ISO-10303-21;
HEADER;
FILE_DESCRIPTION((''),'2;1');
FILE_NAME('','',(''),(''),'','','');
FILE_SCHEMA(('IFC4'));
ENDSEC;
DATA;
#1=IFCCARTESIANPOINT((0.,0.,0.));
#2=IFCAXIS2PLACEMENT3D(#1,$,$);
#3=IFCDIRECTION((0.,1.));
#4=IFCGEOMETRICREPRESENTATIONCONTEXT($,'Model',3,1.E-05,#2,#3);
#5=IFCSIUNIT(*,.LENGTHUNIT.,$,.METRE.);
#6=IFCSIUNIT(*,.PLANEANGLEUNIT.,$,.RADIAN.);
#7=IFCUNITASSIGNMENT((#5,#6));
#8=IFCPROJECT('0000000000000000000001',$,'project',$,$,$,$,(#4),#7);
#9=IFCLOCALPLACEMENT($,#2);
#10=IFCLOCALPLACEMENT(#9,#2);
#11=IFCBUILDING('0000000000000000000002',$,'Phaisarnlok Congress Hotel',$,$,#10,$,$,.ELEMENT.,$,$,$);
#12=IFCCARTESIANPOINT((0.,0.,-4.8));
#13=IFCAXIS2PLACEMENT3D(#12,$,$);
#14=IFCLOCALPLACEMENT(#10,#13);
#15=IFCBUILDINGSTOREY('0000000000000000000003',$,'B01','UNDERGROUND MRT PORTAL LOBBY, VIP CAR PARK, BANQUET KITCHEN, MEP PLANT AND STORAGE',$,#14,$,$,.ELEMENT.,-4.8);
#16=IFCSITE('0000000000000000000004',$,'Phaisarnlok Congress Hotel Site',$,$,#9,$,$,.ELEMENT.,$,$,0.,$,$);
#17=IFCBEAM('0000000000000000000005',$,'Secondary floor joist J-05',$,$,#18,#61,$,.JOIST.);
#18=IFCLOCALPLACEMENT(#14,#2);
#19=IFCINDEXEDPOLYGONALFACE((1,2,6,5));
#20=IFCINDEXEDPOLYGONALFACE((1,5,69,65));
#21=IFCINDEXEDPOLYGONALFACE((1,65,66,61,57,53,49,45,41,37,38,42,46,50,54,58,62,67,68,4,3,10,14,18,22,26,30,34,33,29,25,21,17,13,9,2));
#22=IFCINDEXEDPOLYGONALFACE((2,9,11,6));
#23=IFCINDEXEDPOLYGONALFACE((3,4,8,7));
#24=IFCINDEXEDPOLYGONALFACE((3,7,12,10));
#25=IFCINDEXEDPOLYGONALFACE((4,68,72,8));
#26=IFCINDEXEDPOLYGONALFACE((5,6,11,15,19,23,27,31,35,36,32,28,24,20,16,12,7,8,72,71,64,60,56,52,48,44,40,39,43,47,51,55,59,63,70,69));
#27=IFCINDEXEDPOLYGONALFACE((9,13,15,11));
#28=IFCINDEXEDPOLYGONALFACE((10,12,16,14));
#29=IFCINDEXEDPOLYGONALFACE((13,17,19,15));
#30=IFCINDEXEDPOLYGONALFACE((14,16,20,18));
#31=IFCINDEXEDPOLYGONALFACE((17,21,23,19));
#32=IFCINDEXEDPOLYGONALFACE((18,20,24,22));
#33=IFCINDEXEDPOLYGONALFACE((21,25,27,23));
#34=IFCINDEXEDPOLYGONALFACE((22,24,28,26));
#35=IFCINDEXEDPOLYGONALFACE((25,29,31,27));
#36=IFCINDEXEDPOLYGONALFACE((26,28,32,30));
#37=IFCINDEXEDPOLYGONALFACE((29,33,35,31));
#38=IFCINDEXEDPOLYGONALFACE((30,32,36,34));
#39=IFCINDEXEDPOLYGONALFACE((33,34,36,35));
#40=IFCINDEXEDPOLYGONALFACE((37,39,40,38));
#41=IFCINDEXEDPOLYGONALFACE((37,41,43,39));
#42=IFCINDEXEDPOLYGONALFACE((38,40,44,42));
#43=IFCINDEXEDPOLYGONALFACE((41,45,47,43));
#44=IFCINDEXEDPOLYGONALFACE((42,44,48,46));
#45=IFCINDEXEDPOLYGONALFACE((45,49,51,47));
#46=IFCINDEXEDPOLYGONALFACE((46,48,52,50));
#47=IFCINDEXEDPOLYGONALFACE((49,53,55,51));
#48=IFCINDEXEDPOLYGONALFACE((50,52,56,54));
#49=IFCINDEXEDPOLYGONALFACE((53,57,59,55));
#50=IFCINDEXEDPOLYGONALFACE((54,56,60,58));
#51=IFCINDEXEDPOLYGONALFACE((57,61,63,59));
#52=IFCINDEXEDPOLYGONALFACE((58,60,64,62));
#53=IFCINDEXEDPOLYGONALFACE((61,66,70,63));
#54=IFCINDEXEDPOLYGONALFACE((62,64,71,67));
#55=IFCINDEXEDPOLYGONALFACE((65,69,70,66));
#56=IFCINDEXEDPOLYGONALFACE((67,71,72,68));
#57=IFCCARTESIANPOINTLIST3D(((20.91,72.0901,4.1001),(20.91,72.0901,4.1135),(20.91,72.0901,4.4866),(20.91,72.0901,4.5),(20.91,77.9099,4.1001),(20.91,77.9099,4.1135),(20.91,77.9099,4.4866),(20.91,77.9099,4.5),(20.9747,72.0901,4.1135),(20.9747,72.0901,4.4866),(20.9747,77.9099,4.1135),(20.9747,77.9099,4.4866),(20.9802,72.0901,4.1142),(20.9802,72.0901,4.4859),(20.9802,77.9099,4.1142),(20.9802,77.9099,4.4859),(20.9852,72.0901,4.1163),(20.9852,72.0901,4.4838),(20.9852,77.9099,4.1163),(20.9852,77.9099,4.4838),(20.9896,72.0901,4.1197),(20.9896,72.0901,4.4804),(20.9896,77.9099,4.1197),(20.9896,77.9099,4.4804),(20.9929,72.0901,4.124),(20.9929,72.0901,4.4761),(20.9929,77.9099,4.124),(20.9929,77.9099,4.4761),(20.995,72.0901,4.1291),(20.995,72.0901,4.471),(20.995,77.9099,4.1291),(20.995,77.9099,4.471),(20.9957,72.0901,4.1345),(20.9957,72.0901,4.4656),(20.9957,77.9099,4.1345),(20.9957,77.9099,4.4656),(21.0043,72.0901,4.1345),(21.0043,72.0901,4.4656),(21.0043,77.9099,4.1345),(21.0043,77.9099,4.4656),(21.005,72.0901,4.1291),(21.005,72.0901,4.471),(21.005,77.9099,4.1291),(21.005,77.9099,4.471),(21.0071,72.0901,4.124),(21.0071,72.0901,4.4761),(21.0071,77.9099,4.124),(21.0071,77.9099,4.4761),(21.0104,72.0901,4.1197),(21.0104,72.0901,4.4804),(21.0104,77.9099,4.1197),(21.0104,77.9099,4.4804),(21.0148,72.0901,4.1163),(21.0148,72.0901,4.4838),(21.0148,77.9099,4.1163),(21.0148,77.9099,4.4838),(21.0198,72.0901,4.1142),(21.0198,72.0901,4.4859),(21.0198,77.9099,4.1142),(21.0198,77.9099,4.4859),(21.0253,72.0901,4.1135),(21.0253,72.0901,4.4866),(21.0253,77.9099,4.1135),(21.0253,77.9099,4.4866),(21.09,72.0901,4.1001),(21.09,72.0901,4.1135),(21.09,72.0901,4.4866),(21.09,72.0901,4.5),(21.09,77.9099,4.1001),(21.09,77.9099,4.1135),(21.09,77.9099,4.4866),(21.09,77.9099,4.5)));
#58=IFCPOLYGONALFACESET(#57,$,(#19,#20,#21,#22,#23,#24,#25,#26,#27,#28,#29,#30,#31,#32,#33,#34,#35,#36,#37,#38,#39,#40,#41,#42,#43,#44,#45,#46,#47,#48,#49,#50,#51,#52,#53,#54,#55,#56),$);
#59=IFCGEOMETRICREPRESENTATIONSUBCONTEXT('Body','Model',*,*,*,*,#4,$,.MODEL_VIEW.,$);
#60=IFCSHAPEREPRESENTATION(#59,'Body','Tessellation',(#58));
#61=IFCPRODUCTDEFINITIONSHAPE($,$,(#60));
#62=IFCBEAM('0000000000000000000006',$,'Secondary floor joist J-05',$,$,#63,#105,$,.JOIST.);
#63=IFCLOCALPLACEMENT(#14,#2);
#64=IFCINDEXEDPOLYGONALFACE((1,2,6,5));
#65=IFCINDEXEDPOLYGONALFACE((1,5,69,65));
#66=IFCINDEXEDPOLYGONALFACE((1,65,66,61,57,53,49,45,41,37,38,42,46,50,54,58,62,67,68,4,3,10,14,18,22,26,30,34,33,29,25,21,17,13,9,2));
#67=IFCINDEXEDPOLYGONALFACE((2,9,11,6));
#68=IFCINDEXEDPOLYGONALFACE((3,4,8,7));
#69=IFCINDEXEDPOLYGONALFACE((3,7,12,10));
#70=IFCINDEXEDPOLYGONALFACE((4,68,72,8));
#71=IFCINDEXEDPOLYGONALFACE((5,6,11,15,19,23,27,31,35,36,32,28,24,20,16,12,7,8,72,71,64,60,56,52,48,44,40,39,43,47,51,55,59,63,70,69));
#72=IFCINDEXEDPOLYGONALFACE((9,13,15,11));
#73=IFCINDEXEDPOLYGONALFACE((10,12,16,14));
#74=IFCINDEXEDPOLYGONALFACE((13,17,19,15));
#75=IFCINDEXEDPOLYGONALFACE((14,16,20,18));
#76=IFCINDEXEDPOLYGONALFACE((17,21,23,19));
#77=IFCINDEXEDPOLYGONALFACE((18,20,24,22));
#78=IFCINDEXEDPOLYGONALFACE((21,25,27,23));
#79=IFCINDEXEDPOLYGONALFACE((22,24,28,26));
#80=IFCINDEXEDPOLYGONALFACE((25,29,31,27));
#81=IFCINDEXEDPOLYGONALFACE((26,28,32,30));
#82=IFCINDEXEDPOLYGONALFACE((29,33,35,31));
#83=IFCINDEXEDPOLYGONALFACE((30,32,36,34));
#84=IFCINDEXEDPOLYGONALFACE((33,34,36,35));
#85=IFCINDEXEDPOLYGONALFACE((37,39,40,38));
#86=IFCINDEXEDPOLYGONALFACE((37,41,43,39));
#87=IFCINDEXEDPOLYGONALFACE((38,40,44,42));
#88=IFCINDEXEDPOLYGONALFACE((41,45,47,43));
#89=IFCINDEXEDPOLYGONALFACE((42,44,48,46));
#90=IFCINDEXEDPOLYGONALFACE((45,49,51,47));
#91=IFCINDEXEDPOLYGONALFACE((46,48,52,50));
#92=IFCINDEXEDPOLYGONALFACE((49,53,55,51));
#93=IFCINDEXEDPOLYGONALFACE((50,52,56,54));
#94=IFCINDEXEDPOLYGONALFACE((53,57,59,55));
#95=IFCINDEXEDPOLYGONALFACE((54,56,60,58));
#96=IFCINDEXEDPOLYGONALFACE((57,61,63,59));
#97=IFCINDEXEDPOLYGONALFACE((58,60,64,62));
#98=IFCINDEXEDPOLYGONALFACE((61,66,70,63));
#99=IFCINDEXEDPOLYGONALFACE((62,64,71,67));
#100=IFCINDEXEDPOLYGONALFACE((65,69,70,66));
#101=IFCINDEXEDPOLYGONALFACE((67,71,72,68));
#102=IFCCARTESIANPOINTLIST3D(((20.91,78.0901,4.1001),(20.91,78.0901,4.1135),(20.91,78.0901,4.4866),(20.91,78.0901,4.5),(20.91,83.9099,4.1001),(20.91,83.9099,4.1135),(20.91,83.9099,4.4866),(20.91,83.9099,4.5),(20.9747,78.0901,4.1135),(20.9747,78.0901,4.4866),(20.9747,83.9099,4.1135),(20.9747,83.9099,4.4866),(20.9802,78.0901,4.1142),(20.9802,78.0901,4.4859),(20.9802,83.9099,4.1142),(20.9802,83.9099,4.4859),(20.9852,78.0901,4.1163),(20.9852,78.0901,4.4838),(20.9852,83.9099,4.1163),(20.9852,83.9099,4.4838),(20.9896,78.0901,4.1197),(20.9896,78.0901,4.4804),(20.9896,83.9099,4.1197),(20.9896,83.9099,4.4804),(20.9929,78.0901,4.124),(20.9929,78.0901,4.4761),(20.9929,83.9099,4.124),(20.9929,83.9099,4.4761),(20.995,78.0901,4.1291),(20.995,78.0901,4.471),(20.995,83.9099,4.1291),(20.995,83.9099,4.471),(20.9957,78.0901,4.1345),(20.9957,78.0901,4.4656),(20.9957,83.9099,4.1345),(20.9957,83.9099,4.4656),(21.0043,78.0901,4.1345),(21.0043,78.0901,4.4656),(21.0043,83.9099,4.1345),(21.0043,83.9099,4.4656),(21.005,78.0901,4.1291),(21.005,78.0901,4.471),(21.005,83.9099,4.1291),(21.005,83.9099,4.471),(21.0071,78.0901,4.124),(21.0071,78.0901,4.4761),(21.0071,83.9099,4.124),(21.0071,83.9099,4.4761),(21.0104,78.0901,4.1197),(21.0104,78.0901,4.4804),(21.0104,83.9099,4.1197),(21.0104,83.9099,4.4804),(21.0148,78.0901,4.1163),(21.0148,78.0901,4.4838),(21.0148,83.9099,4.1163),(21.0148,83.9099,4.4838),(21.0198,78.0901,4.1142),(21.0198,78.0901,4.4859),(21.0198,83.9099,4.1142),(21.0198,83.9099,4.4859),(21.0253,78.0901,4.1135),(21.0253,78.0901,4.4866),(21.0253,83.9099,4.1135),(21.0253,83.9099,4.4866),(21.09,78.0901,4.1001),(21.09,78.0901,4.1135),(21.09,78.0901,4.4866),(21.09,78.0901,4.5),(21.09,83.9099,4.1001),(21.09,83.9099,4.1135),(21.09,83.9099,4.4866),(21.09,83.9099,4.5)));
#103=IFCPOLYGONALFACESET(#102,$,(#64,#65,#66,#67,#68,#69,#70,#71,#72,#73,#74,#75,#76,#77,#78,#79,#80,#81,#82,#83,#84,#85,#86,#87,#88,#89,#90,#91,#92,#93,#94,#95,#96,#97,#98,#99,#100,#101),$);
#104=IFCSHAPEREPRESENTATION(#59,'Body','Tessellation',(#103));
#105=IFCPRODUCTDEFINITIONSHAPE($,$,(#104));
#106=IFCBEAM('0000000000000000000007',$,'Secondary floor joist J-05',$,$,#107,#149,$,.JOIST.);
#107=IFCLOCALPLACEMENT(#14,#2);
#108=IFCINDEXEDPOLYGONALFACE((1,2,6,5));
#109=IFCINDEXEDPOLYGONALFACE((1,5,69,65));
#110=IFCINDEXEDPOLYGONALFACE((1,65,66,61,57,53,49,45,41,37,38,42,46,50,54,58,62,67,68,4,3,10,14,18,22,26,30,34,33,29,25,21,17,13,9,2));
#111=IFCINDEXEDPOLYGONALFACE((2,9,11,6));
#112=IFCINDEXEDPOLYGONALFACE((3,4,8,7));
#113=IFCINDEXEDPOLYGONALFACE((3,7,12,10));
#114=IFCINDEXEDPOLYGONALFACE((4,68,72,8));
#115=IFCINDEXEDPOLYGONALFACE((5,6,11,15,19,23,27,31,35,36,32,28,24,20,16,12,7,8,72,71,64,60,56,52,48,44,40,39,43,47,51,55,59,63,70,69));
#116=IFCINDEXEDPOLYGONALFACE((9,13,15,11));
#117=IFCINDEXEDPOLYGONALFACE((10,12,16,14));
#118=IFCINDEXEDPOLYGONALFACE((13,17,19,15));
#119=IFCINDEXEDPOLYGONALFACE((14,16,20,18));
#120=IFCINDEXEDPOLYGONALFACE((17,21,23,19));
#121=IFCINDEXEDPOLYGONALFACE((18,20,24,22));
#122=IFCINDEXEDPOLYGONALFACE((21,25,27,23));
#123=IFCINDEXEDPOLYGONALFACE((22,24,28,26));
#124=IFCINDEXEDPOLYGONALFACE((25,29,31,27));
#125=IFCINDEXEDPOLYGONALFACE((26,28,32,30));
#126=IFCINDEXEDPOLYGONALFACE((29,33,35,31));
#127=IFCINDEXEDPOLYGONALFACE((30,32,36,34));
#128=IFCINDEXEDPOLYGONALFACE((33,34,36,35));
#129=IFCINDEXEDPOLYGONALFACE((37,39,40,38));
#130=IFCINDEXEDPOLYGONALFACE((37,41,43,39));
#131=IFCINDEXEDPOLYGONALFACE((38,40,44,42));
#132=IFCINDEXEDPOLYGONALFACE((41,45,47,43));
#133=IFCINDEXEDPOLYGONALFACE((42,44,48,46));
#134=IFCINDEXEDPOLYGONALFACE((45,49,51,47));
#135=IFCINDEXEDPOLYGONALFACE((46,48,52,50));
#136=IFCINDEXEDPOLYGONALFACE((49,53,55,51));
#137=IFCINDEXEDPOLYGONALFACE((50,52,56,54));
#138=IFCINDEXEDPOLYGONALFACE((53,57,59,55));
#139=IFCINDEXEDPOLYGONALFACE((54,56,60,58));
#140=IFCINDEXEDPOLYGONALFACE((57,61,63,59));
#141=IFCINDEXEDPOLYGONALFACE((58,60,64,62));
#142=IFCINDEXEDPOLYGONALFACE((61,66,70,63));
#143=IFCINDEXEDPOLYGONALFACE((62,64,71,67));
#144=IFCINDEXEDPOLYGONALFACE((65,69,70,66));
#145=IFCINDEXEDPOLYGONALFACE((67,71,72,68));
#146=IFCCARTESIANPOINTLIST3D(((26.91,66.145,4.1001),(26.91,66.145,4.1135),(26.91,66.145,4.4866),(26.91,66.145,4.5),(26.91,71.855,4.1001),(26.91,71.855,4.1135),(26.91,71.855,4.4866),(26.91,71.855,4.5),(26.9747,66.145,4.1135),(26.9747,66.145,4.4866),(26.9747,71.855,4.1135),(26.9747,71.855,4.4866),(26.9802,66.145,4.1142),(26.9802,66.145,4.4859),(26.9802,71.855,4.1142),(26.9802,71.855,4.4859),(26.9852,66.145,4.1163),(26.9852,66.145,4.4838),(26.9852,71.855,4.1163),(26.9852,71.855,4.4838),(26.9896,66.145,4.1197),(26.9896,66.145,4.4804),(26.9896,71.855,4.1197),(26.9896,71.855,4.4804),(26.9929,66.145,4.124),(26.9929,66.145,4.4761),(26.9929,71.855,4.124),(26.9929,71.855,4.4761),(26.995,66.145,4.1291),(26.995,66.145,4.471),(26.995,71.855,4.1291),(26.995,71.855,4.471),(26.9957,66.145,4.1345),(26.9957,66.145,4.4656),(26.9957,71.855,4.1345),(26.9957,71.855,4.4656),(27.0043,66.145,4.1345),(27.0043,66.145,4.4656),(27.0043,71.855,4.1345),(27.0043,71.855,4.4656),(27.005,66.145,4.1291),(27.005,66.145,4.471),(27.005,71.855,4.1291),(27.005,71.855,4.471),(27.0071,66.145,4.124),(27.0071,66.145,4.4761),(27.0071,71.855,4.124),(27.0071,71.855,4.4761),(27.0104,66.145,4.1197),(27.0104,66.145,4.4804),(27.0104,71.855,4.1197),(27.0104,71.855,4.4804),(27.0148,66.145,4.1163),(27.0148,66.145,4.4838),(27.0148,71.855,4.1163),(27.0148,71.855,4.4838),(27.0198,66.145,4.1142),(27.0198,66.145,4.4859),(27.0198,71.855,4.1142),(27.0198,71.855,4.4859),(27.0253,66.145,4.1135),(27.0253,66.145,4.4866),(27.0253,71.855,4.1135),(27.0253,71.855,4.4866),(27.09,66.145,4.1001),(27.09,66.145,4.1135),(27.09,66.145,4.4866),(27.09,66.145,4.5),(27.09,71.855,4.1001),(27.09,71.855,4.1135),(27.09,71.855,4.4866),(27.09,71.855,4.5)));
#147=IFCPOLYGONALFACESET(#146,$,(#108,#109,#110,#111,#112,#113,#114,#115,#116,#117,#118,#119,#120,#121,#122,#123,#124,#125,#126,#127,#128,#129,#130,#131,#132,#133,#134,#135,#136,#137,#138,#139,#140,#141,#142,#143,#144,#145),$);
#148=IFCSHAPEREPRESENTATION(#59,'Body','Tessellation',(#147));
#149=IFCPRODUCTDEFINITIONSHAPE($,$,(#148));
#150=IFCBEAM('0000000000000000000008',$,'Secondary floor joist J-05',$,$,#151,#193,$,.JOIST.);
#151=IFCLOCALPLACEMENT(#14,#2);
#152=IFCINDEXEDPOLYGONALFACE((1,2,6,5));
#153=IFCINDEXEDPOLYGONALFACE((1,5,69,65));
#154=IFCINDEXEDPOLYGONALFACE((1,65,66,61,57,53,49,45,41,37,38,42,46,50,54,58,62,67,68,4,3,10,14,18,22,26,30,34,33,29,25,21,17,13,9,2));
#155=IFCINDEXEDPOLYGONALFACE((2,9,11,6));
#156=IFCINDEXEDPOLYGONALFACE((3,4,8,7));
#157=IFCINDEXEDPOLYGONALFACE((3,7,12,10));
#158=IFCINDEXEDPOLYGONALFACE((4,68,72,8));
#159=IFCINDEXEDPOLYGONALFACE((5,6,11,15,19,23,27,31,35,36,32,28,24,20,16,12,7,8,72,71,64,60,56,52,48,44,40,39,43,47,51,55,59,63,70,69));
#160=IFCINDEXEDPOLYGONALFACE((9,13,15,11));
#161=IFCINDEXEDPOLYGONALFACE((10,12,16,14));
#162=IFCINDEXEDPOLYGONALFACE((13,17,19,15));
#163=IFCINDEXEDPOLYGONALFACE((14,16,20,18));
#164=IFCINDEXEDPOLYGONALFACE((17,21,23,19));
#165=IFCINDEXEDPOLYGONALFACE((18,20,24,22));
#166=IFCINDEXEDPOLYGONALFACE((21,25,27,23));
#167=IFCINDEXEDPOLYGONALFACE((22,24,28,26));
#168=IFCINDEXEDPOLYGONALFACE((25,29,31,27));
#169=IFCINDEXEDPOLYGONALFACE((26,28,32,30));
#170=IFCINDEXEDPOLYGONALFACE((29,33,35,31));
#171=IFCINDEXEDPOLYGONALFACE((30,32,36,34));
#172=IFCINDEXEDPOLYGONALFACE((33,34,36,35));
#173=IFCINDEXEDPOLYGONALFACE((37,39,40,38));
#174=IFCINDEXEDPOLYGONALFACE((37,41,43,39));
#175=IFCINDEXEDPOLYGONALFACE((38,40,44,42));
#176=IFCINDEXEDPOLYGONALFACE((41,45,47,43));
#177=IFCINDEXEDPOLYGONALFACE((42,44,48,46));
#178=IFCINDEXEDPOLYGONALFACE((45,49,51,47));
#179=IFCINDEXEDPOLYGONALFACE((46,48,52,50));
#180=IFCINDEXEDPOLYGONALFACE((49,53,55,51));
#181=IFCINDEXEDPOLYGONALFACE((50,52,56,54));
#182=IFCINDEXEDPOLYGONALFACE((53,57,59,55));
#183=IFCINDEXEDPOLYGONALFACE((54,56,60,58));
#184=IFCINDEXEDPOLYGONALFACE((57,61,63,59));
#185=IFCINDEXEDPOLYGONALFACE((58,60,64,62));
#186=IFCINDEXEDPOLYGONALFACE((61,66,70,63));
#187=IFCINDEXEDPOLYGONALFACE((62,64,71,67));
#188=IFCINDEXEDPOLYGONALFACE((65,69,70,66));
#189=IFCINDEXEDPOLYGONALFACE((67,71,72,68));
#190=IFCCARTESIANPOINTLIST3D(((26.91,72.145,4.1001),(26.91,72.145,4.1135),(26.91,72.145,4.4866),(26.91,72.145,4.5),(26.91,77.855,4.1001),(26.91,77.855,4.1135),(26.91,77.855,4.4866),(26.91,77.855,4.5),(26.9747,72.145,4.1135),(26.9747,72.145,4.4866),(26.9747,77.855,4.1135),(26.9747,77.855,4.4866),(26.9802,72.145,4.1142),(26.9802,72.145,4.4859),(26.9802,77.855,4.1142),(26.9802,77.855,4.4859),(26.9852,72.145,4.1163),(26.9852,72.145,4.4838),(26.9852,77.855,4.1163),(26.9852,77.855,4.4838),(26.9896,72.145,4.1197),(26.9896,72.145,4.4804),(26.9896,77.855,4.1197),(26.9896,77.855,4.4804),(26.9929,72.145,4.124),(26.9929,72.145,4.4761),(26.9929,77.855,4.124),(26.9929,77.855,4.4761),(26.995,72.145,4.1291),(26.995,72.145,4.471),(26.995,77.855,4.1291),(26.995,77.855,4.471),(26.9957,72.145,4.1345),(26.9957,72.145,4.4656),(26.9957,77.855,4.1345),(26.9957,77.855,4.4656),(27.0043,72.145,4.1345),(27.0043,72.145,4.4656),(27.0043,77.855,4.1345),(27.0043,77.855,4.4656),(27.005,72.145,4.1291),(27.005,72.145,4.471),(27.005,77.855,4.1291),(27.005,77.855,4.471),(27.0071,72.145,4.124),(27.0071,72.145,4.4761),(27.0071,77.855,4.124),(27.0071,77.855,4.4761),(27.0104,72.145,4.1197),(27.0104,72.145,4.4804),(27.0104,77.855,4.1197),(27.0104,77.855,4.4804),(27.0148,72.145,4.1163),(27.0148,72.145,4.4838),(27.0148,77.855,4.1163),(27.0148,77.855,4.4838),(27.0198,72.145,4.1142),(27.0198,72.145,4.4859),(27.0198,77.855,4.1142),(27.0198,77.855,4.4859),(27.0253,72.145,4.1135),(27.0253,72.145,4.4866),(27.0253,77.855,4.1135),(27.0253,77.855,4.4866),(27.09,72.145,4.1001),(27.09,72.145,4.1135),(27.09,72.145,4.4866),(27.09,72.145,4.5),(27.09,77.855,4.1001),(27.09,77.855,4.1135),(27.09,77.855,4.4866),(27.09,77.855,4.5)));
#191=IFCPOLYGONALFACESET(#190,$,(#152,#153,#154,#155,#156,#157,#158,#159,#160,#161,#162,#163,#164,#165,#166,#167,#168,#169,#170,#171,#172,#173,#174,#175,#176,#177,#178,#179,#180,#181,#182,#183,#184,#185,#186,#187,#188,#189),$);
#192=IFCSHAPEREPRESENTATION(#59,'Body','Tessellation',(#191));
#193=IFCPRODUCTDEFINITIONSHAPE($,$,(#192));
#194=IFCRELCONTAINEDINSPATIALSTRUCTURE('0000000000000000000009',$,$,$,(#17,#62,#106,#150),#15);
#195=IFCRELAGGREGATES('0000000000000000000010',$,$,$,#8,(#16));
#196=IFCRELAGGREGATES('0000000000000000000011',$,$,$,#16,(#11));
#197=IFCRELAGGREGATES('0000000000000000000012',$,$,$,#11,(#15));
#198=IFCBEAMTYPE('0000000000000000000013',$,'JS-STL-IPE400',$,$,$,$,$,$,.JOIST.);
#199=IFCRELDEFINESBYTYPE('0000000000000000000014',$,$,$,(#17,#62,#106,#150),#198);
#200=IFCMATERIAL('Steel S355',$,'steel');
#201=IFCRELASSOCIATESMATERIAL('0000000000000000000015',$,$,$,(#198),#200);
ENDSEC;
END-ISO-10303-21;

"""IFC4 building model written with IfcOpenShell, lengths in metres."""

from ifc_helpers import new_model, si_unit, direction, frame, origin, origin_2d, place, context, subcontext, project, spatial, i_section, extrude, material, material_profile, profile_set, type_object, element, save


model = new_model("IFC4")

# Units and contexts
model_context = context("Model", 3, precision=1e-05, world=origin(), true_north=direction((0.0, 1.0)))
body_context = subcontext(model_context, "Body", "Model", "MODEL_VIEW")
ifc_project = project(units=[si_unit("LENGTHUNIT", "METRE"), si_unit("PLANEANGLEUNIT", "RADIAN")], contexts=[model_context])

# Site, building, storey
site_placement = place(None, origin())
site = spatial("IfcSite", under=ifc_project, at=site_placement, Name="Phaisarnlok Congress Hotel Site", CompositionType="ELEMENT", RefElevation=0.0)
building_placement = place(site_placement, origin())
building = spatial("IfcBuilding", under=site, at=building_placement, Name="Phaisarnlok Congress Hotel", CompositionType="ELEMENT")
storey_placement = place(building_placement, frame((0.0, 0.0, -4.8)))
storey = spatial("IfcBuildingStorey", under=building, at=storey_placement, Name="B01", Description="UNDERGROUND MRT PORTAL LOBBY, VIP CAR PARK, BANQUET KITCHEN, MEP PLANT AND STORAGE", CompositionType="ELEMENT", Elevation=-4.8)

# Beams
ifc_material_1 = material(Name="Steel S355", Category="steel")
ifc_material_profile_1 = material_profile(ifc_material_1, i_section(OverallWidth=0.1799, OverallDepth=0.3999, WebThickness=0.0085, FlangeThickness=0.0134, FilletRadius=0.021, at=origin_2d()), Name="IPE 400")
ifc_profile_set_1 = profile_set([ifc_material_profile_1], Name="Steel S355")
beam_type_1 = type_object("IfcBeamType", Name="JS-STL-IPE400", PredefinedType="JOIST", material=ifc_profile_set_1)
for number, where, z_axis, x_axis, name in (
    (1, (21.0, 72.0901, 4.3), (0.0, 1.0, 0.0), (-1.0, 0.0, 0.0), "Secondary floor joist J-05"),
    (2, (21.0, 78.0901, 4.3), (0.0, 1.0, 0.0), (-1.0, 0.0, 0.0), "Secondary floor joist J-05"),
):
    element("IfcBeam", number, at=place(storey_placement, frame(where, z_axis=z_axis, x_axis=x_axis)), inside=storey, type_object=beam_type_1, Name=name, PredefinedType="JOIST", context=body_context, shape_type="SweptSolid", body=[
        extrude(i_section(OverallWidth=0.1799, OverallDepth=0.3999, WebThickness=0.0085, FlangeThickness=0.0134, FilletRadius=0.021, at=origin_2d()), origin(), (0.0, 0.0, 1.0), 5.8198),
    ])
for number, where, z_axis, x_axis, name in (
    (3, (27.0, 66.145, 4.3), (0.0, 1.0, 0.0), (-1.0, 0.0, 0.0), "Secondary floor joist J-05"),
    (4, (27.0, 72.145, 4.3), (0.0, 1.0, 0.0), (-1.0, 0.0, 0.0), "Secondary floor joist J-05"),
):
    element("IfcBeam", number, at=place(storey_placement, frame(where, z_axis=z_axis, x_axis=x_axis)), inside=storey, type_object=beam_type_1, Name=name, PredefinedType="JOIST", context=body_context, shape_type="SweptSolid", body=[
        extrude(i_section(OverallWidth=0.1799, OverallDepth=0.3999, WebThickness=0.0085, FlangeThickness=0.0134, FilletRadius=0.021, at=origin_2d()), origin(), (0.0, 0.0, 1.0), 5.71),
    ])

save(model, "model.ifc")
